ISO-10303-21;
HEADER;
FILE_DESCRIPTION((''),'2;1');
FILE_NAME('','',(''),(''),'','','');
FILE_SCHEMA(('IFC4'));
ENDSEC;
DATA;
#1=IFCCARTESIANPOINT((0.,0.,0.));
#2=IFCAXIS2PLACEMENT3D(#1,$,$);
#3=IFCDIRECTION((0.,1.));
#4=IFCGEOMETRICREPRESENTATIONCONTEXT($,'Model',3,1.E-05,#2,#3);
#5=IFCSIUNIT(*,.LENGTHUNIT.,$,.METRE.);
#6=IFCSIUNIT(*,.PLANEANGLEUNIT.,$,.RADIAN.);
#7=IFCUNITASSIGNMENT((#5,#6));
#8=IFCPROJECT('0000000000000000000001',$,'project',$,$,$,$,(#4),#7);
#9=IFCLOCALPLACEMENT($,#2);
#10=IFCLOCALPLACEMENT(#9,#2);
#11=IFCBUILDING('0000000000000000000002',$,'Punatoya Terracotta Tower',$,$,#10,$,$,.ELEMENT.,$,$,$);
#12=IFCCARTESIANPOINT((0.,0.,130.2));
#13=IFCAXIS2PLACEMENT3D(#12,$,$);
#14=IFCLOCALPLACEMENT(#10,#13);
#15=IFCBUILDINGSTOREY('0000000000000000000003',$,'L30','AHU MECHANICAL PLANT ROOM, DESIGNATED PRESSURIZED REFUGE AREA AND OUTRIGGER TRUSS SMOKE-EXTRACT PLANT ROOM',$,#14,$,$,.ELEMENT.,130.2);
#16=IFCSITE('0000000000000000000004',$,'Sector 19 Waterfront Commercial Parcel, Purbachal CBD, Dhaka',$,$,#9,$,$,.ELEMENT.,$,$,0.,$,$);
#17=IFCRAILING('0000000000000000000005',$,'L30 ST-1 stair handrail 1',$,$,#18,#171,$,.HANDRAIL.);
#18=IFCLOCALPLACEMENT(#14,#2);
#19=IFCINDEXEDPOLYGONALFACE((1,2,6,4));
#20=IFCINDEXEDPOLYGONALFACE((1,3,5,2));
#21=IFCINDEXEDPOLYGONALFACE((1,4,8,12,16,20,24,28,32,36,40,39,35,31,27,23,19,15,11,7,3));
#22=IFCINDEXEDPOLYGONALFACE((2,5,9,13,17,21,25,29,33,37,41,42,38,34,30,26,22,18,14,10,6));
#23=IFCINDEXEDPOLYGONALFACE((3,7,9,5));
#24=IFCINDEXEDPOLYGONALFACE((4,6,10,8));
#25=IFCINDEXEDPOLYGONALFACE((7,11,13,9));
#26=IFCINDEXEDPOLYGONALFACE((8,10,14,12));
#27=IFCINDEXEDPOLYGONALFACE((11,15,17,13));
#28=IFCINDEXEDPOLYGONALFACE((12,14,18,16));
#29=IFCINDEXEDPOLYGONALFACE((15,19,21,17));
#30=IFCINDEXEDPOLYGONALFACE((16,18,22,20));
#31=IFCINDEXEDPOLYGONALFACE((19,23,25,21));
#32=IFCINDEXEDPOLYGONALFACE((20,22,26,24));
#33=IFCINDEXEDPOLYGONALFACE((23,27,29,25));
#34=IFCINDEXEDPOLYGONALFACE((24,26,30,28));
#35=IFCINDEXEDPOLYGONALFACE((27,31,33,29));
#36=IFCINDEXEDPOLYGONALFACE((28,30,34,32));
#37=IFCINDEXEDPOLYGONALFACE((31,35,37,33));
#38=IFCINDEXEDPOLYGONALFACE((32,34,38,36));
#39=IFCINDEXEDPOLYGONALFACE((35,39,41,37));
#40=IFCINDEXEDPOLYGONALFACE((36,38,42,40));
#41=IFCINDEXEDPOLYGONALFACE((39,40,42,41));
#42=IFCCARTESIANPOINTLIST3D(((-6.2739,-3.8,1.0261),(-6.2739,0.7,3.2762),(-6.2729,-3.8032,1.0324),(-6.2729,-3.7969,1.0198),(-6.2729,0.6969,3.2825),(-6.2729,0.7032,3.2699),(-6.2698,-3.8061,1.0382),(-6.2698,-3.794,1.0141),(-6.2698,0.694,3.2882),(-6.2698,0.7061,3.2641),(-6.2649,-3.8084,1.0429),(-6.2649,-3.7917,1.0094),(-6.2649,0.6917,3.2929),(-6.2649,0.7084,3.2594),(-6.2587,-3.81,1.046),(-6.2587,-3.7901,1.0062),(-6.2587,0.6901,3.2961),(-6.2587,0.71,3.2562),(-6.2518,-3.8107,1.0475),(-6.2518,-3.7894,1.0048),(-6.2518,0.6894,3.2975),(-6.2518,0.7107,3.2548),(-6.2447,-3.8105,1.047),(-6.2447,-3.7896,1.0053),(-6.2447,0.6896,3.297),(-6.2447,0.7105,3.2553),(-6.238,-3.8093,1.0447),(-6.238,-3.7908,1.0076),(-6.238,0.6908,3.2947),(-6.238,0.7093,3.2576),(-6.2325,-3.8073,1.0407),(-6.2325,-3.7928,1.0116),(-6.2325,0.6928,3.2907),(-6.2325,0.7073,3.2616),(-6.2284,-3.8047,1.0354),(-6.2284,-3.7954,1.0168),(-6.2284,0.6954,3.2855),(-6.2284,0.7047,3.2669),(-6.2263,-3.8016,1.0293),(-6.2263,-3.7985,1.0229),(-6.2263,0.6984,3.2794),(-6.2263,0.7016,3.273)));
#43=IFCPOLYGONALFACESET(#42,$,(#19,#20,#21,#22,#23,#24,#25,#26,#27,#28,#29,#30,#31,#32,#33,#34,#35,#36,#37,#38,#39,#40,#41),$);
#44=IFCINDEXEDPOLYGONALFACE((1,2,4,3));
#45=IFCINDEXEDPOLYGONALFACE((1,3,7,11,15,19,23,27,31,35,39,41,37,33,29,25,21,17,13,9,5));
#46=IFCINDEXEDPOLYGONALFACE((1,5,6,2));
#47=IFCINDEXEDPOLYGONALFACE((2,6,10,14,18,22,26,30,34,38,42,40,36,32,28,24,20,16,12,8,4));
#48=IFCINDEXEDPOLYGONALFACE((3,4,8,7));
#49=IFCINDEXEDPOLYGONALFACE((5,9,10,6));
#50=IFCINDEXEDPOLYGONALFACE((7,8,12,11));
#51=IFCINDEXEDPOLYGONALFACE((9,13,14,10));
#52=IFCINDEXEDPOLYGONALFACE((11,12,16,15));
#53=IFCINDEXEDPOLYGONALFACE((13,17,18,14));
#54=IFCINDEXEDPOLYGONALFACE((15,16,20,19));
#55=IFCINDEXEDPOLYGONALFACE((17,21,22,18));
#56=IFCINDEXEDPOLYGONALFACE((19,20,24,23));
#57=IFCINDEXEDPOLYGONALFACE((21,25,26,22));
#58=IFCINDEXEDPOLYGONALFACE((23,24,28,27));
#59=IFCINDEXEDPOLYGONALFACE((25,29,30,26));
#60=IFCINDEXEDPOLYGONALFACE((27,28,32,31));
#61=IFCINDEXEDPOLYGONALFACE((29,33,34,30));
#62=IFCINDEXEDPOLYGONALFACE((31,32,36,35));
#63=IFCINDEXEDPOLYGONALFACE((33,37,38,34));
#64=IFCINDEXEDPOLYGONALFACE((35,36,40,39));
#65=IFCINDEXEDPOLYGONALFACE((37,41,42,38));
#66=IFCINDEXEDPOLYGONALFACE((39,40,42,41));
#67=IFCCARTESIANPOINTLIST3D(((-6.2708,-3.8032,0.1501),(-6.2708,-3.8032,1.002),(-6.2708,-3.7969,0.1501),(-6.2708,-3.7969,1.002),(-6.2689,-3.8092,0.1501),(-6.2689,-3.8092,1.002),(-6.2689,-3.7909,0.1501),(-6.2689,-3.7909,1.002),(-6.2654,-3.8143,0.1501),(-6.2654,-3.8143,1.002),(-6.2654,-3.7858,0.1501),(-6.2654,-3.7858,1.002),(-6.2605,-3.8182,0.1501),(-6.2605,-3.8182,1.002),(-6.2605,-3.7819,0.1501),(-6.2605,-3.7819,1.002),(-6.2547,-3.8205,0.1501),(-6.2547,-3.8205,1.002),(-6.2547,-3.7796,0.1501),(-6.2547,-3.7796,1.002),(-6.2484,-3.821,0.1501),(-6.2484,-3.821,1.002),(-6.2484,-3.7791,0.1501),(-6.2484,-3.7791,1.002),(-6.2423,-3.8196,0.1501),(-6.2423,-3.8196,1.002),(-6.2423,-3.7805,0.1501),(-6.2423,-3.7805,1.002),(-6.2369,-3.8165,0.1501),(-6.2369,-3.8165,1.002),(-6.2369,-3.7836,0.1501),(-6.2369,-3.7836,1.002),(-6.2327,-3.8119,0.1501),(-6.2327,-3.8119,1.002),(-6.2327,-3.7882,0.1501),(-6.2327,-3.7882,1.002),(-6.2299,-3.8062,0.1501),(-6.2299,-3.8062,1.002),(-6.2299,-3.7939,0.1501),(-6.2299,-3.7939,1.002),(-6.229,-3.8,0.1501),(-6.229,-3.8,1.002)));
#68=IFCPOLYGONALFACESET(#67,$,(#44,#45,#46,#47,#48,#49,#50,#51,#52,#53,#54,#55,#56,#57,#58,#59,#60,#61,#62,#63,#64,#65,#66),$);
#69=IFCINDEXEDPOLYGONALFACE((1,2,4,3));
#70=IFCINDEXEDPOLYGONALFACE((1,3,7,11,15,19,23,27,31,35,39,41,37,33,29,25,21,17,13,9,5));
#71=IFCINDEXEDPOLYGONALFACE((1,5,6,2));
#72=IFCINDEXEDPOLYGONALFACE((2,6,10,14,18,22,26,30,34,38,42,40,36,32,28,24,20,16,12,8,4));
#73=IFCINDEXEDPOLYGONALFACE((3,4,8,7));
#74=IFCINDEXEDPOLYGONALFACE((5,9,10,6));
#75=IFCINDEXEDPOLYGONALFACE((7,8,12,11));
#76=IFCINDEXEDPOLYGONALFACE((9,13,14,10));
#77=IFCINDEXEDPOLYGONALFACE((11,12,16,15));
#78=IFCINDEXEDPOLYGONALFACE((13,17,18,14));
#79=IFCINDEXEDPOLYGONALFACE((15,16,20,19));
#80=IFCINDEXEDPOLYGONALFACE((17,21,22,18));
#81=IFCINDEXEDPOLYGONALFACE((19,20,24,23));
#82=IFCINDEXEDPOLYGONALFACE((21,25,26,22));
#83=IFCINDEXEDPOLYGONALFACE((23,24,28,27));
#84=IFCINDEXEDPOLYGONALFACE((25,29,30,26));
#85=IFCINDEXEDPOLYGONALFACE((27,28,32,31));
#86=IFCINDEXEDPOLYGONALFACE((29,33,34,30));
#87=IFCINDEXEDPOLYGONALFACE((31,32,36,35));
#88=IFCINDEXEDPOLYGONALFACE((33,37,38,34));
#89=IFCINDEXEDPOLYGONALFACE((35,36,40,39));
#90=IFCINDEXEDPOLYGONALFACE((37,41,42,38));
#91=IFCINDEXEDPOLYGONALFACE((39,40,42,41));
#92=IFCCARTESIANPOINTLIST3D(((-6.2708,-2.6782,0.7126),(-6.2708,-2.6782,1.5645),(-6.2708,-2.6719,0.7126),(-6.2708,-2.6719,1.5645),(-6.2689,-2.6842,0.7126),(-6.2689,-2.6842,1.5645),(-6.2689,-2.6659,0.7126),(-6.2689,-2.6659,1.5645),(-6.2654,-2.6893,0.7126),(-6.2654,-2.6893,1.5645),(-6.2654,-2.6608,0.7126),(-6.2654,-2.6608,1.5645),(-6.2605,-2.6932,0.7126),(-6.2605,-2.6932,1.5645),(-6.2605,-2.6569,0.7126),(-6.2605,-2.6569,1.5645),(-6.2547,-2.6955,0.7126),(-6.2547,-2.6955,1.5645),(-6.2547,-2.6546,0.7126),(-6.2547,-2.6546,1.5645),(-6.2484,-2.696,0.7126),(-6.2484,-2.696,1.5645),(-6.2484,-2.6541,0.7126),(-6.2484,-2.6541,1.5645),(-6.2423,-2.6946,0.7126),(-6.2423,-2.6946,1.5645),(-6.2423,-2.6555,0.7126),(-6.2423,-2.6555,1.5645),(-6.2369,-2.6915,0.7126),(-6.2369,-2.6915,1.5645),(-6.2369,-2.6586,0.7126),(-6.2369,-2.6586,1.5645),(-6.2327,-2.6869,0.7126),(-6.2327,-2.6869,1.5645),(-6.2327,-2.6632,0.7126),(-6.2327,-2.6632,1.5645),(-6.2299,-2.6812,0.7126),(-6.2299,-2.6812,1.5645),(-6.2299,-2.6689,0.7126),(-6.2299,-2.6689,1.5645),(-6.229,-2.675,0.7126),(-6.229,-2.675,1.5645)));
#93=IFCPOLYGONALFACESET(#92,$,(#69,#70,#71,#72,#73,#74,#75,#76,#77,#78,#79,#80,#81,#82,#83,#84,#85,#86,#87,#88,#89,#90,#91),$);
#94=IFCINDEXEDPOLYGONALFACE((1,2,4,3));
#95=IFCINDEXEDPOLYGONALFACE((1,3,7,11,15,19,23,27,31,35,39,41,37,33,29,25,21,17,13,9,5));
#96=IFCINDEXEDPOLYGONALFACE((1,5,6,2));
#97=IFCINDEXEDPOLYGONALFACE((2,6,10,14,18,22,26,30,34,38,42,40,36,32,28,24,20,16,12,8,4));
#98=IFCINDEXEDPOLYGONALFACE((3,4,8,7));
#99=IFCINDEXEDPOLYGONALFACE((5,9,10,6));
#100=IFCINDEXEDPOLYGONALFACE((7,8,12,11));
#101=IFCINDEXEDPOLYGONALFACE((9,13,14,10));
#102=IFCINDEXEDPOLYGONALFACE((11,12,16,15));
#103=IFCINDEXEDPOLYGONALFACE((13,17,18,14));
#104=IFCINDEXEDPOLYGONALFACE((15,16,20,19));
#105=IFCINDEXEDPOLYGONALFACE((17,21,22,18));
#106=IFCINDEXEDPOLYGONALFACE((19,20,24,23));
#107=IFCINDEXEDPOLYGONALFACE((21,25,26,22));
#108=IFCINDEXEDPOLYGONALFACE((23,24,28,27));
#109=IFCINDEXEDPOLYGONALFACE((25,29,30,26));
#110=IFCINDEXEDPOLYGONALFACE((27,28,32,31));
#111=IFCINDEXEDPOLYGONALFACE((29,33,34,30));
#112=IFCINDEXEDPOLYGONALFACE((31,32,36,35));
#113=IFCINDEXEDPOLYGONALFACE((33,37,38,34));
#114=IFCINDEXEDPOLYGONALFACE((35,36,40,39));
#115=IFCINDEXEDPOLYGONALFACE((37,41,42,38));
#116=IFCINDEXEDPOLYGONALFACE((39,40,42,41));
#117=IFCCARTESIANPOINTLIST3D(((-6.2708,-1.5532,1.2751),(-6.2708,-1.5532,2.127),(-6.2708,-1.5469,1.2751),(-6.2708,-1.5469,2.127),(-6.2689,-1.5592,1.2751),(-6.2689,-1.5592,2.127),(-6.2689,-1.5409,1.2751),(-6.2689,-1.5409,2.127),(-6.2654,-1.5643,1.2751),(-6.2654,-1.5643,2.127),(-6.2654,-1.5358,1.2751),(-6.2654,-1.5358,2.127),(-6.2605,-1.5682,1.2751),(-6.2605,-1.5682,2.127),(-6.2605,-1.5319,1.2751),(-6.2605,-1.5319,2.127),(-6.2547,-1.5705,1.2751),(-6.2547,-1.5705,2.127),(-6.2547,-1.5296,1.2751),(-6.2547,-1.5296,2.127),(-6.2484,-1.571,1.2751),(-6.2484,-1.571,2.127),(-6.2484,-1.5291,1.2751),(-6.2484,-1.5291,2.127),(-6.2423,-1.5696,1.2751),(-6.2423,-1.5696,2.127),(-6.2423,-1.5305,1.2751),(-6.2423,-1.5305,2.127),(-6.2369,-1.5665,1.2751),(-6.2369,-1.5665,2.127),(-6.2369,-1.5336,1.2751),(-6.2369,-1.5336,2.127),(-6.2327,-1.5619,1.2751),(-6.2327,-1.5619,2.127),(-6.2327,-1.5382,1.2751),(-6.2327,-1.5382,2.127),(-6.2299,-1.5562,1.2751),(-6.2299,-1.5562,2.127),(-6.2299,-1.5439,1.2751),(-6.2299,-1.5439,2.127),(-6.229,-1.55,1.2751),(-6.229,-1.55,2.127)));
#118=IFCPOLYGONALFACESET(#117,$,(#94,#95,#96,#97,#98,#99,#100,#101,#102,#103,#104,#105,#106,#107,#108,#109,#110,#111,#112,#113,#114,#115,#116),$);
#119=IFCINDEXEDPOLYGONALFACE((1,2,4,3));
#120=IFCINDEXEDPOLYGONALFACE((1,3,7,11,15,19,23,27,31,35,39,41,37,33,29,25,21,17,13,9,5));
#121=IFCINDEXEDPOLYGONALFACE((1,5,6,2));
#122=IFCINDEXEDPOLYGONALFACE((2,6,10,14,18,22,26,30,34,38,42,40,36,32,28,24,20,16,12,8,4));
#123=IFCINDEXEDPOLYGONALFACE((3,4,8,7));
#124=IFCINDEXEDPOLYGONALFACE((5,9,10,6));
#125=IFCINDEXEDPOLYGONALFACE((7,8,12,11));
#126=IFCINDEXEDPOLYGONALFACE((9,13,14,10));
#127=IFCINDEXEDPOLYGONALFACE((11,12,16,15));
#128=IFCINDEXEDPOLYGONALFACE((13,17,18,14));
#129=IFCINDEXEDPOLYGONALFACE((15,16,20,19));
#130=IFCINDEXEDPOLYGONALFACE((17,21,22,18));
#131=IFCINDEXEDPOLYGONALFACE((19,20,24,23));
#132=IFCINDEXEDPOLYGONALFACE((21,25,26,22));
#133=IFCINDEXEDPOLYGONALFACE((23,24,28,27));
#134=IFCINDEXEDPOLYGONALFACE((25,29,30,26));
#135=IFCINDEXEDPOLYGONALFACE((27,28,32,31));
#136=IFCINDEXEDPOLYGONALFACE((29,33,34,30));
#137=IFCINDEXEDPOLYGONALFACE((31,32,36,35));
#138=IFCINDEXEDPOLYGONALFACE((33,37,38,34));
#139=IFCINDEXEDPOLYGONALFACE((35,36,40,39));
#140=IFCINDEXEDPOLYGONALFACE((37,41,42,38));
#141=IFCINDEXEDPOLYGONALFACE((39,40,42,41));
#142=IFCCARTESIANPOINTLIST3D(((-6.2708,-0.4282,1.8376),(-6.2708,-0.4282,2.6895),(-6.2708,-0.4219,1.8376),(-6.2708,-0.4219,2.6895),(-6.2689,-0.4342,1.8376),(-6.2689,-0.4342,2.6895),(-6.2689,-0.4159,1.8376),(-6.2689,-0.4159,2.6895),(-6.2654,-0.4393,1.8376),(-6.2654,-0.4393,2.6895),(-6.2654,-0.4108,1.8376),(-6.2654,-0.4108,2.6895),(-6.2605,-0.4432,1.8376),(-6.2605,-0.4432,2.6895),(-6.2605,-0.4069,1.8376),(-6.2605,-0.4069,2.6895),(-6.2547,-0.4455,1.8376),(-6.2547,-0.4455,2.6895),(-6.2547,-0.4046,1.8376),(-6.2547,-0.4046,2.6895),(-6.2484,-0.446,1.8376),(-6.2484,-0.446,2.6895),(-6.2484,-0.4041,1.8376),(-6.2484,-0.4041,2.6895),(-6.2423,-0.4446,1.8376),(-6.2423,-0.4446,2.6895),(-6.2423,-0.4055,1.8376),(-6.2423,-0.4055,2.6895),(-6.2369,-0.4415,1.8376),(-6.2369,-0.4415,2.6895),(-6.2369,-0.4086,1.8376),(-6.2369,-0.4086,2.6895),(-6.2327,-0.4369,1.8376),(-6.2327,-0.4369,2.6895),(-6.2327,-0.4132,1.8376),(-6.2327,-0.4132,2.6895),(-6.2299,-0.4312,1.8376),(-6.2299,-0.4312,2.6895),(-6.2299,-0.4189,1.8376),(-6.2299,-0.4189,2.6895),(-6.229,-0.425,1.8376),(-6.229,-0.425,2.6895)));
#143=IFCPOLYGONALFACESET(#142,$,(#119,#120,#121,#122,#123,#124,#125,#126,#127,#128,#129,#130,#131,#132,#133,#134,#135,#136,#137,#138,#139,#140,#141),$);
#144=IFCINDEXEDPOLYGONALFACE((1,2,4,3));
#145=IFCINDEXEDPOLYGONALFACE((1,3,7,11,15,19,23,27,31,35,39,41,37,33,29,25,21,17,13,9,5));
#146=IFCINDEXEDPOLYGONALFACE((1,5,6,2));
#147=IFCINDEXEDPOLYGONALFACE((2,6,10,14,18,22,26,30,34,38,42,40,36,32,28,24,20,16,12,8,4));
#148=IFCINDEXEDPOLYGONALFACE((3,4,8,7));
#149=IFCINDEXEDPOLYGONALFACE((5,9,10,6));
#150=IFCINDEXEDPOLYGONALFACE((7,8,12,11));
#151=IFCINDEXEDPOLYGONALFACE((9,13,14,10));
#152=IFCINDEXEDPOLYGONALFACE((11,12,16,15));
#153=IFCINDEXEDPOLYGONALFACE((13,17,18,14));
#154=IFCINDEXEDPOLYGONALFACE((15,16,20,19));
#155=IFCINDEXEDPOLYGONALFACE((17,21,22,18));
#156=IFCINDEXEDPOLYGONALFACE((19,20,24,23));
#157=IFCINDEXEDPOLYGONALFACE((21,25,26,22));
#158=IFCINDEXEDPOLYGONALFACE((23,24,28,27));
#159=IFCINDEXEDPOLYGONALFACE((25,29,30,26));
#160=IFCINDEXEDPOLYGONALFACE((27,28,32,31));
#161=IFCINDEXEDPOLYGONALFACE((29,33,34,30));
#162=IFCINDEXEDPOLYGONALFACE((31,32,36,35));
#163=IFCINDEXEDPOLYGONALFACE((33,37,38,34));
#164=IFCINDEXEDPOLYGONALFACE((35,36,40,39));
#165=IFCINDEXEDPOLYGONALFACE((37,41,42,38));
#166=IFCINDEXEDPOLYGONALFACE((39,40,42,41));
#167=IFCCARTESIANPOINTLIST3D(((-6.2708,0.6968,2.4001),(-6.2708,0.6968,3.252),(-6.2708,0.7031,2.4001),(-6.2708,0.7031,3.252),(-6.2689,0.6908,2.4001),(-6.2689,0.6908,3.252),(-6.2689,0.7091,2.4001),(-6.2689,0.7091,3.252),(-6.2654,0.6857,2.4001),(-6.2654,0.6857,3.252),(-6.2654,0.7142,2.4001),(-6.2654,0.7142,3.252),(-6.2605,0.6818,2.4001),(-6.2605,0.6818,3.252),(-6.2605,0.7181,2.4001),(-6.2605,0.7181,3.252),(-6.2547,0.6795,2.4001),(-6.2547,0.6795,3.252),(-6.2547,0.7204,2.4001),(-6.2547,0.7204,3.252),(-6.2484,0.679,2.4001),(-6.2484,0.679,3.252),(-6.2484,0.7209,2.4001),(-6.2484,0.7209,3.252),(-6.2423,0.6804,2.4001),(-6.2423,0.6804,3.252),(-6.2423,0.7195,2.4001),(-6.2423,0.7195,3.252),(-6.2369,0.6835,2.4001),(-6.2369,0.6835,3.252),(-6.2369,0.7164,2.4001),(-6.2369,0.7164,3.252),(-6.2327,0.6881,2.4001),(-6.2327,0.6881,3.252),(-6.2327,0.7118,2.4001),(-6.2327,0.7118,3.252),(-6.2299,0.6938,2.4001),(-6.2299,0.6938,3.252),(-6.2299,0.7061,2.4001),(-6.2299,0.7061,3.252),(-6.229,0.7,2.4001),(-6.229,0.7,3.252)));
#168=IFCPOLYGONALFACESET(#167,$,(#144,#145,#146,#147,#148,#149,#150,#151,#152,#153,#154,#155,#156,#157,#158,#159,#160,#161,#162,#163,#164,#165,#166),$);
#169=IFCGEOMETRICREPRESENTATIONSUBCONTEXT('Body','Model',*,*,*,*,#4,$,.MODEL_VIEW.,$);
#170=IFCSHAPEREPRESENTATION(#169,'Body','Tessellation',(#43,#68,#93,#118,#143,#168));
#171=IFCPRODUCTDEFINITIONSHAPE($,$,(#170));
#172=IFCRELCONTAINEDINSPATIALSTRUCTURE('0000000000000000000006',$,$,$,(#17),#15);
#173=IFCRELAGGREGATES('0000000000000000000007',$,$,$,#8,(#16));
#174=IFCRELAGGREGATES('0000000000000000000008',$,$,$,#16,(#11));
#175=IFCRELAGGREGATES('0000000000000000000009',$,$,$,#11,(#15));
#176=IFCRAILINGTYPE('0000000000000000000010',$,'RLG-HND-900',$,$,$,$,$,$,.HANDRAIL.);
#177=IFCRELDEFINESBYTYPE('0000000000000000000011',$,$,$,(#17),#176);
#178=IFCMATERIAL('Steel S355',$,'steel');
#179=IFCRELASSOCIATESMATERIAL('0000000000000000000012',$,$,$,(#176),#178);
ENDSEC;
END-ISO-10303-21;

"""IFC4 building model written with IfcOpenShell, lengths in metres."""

from ifc_helpers import new_model, si_unit, direction, frame, origin, origin_2d, place, context, subcontext, project, spatial, circle, extrude, material, type_object, element, save


model = new_model("IFC4")

# Units and contexts
model_context = context("Model", 3, precision=1e-05, world=origin(), true_north=direction((0.0, 1.0)))
body_context = subcontext(model_context, "Body", "Model", "MODEL_VIEW")
ifc_project = project(units=[si_unit("LENGTHUNIT", "METRE"), si_unit("PLANEANGLEUNIT", "RADIAN")], contexts=[model_context])

# Site, building, storey
site_placement = place(None, origin())
site = spatial("IfcSite", under=ifc_project, at=site_placement, Name="Sector 19 Waterfront Commercial Parcel, Purbachal CBD, Dhaka", CompositionType="ELEMENT", RefElevation=0.0)
building_placement = place(site_placement, origin())
building = spatial("IfcBuilding", under=site, at=building_placement, Name="Punatoya Terracotta Tower", CompositionType="ELEMENT")
storey_placement = place(building_placement, frame((0.0, 0.0, 130.2)))
storey = spatial("IfcBuildingStorey", under=building, at=storey_placement, Name="L30", Description="AHU MECHANICAL PLANT ROOM, DESIGNATED PRESSURIZED REFUGE AREA AND OUTRIGGER TRUSS SMOKE-EXTRACT PLANT ROOM", CompositionType="ELEMENT", Elevation=130.2)

# Shared definitions
ifc_material_1 = material(Name="Steel S355", Category="steel")

# Railing
railing_type_1 = type_object("IfcRailingType", Name="RLG-HND-900", PredefinedType="HANDRAIL", material=ifc_material_1)
railing_1_placement = place(storey_placement, frame((-6.25, -3.8, 0.1501)))
element("IfcRailing", 1, at=railing_1_placement, inside=storey, type_object=railing_type_1, Name="L30 ST-1 stair handrail 1", PredefinedType="HANDRAIL", context=body_context, shape_type="SweptSolid", body=[
    extrude(circle(Radius=0.0239, at=origin_2d()), frame((0.0, 0.0, 0.876), z_axis=(0.0, 0.894427, 0.447214), x_axis=(-1.0, 0.0, 0.0)), (0.0, 0.0, 1.0), 5.0312),
    extrude(circle(Radius=0.021, at=origin_2d()), origin(), (0.0, 0.0, 1.0), 0.8518),
    extrude(circle(Radius=0.021, at=origin_2d()), frame((0.0, 1.125, 0.5625)), (0.0, 0.0, 1.0), 0.8518),
    extrude(circle(Radius=0.021, at=origin_2d()), frame((0.0, 2.25, 1.125)), (0.0, 0.0, 1.0), 0.8518),
    extrude(circle(Radius=0.021, at=origin_2d()), frame((0.0, 3.375, 1.6875)), (0.0, 0.0, 1.0), 0.8518),
    extrude(circle(Radius=0.021, at=origin_2d()), frame((0.0, 4.5, 2.25)), (0.0, 0.0, 1.0), 0.8518),
])

save(model, "model.ifc")
